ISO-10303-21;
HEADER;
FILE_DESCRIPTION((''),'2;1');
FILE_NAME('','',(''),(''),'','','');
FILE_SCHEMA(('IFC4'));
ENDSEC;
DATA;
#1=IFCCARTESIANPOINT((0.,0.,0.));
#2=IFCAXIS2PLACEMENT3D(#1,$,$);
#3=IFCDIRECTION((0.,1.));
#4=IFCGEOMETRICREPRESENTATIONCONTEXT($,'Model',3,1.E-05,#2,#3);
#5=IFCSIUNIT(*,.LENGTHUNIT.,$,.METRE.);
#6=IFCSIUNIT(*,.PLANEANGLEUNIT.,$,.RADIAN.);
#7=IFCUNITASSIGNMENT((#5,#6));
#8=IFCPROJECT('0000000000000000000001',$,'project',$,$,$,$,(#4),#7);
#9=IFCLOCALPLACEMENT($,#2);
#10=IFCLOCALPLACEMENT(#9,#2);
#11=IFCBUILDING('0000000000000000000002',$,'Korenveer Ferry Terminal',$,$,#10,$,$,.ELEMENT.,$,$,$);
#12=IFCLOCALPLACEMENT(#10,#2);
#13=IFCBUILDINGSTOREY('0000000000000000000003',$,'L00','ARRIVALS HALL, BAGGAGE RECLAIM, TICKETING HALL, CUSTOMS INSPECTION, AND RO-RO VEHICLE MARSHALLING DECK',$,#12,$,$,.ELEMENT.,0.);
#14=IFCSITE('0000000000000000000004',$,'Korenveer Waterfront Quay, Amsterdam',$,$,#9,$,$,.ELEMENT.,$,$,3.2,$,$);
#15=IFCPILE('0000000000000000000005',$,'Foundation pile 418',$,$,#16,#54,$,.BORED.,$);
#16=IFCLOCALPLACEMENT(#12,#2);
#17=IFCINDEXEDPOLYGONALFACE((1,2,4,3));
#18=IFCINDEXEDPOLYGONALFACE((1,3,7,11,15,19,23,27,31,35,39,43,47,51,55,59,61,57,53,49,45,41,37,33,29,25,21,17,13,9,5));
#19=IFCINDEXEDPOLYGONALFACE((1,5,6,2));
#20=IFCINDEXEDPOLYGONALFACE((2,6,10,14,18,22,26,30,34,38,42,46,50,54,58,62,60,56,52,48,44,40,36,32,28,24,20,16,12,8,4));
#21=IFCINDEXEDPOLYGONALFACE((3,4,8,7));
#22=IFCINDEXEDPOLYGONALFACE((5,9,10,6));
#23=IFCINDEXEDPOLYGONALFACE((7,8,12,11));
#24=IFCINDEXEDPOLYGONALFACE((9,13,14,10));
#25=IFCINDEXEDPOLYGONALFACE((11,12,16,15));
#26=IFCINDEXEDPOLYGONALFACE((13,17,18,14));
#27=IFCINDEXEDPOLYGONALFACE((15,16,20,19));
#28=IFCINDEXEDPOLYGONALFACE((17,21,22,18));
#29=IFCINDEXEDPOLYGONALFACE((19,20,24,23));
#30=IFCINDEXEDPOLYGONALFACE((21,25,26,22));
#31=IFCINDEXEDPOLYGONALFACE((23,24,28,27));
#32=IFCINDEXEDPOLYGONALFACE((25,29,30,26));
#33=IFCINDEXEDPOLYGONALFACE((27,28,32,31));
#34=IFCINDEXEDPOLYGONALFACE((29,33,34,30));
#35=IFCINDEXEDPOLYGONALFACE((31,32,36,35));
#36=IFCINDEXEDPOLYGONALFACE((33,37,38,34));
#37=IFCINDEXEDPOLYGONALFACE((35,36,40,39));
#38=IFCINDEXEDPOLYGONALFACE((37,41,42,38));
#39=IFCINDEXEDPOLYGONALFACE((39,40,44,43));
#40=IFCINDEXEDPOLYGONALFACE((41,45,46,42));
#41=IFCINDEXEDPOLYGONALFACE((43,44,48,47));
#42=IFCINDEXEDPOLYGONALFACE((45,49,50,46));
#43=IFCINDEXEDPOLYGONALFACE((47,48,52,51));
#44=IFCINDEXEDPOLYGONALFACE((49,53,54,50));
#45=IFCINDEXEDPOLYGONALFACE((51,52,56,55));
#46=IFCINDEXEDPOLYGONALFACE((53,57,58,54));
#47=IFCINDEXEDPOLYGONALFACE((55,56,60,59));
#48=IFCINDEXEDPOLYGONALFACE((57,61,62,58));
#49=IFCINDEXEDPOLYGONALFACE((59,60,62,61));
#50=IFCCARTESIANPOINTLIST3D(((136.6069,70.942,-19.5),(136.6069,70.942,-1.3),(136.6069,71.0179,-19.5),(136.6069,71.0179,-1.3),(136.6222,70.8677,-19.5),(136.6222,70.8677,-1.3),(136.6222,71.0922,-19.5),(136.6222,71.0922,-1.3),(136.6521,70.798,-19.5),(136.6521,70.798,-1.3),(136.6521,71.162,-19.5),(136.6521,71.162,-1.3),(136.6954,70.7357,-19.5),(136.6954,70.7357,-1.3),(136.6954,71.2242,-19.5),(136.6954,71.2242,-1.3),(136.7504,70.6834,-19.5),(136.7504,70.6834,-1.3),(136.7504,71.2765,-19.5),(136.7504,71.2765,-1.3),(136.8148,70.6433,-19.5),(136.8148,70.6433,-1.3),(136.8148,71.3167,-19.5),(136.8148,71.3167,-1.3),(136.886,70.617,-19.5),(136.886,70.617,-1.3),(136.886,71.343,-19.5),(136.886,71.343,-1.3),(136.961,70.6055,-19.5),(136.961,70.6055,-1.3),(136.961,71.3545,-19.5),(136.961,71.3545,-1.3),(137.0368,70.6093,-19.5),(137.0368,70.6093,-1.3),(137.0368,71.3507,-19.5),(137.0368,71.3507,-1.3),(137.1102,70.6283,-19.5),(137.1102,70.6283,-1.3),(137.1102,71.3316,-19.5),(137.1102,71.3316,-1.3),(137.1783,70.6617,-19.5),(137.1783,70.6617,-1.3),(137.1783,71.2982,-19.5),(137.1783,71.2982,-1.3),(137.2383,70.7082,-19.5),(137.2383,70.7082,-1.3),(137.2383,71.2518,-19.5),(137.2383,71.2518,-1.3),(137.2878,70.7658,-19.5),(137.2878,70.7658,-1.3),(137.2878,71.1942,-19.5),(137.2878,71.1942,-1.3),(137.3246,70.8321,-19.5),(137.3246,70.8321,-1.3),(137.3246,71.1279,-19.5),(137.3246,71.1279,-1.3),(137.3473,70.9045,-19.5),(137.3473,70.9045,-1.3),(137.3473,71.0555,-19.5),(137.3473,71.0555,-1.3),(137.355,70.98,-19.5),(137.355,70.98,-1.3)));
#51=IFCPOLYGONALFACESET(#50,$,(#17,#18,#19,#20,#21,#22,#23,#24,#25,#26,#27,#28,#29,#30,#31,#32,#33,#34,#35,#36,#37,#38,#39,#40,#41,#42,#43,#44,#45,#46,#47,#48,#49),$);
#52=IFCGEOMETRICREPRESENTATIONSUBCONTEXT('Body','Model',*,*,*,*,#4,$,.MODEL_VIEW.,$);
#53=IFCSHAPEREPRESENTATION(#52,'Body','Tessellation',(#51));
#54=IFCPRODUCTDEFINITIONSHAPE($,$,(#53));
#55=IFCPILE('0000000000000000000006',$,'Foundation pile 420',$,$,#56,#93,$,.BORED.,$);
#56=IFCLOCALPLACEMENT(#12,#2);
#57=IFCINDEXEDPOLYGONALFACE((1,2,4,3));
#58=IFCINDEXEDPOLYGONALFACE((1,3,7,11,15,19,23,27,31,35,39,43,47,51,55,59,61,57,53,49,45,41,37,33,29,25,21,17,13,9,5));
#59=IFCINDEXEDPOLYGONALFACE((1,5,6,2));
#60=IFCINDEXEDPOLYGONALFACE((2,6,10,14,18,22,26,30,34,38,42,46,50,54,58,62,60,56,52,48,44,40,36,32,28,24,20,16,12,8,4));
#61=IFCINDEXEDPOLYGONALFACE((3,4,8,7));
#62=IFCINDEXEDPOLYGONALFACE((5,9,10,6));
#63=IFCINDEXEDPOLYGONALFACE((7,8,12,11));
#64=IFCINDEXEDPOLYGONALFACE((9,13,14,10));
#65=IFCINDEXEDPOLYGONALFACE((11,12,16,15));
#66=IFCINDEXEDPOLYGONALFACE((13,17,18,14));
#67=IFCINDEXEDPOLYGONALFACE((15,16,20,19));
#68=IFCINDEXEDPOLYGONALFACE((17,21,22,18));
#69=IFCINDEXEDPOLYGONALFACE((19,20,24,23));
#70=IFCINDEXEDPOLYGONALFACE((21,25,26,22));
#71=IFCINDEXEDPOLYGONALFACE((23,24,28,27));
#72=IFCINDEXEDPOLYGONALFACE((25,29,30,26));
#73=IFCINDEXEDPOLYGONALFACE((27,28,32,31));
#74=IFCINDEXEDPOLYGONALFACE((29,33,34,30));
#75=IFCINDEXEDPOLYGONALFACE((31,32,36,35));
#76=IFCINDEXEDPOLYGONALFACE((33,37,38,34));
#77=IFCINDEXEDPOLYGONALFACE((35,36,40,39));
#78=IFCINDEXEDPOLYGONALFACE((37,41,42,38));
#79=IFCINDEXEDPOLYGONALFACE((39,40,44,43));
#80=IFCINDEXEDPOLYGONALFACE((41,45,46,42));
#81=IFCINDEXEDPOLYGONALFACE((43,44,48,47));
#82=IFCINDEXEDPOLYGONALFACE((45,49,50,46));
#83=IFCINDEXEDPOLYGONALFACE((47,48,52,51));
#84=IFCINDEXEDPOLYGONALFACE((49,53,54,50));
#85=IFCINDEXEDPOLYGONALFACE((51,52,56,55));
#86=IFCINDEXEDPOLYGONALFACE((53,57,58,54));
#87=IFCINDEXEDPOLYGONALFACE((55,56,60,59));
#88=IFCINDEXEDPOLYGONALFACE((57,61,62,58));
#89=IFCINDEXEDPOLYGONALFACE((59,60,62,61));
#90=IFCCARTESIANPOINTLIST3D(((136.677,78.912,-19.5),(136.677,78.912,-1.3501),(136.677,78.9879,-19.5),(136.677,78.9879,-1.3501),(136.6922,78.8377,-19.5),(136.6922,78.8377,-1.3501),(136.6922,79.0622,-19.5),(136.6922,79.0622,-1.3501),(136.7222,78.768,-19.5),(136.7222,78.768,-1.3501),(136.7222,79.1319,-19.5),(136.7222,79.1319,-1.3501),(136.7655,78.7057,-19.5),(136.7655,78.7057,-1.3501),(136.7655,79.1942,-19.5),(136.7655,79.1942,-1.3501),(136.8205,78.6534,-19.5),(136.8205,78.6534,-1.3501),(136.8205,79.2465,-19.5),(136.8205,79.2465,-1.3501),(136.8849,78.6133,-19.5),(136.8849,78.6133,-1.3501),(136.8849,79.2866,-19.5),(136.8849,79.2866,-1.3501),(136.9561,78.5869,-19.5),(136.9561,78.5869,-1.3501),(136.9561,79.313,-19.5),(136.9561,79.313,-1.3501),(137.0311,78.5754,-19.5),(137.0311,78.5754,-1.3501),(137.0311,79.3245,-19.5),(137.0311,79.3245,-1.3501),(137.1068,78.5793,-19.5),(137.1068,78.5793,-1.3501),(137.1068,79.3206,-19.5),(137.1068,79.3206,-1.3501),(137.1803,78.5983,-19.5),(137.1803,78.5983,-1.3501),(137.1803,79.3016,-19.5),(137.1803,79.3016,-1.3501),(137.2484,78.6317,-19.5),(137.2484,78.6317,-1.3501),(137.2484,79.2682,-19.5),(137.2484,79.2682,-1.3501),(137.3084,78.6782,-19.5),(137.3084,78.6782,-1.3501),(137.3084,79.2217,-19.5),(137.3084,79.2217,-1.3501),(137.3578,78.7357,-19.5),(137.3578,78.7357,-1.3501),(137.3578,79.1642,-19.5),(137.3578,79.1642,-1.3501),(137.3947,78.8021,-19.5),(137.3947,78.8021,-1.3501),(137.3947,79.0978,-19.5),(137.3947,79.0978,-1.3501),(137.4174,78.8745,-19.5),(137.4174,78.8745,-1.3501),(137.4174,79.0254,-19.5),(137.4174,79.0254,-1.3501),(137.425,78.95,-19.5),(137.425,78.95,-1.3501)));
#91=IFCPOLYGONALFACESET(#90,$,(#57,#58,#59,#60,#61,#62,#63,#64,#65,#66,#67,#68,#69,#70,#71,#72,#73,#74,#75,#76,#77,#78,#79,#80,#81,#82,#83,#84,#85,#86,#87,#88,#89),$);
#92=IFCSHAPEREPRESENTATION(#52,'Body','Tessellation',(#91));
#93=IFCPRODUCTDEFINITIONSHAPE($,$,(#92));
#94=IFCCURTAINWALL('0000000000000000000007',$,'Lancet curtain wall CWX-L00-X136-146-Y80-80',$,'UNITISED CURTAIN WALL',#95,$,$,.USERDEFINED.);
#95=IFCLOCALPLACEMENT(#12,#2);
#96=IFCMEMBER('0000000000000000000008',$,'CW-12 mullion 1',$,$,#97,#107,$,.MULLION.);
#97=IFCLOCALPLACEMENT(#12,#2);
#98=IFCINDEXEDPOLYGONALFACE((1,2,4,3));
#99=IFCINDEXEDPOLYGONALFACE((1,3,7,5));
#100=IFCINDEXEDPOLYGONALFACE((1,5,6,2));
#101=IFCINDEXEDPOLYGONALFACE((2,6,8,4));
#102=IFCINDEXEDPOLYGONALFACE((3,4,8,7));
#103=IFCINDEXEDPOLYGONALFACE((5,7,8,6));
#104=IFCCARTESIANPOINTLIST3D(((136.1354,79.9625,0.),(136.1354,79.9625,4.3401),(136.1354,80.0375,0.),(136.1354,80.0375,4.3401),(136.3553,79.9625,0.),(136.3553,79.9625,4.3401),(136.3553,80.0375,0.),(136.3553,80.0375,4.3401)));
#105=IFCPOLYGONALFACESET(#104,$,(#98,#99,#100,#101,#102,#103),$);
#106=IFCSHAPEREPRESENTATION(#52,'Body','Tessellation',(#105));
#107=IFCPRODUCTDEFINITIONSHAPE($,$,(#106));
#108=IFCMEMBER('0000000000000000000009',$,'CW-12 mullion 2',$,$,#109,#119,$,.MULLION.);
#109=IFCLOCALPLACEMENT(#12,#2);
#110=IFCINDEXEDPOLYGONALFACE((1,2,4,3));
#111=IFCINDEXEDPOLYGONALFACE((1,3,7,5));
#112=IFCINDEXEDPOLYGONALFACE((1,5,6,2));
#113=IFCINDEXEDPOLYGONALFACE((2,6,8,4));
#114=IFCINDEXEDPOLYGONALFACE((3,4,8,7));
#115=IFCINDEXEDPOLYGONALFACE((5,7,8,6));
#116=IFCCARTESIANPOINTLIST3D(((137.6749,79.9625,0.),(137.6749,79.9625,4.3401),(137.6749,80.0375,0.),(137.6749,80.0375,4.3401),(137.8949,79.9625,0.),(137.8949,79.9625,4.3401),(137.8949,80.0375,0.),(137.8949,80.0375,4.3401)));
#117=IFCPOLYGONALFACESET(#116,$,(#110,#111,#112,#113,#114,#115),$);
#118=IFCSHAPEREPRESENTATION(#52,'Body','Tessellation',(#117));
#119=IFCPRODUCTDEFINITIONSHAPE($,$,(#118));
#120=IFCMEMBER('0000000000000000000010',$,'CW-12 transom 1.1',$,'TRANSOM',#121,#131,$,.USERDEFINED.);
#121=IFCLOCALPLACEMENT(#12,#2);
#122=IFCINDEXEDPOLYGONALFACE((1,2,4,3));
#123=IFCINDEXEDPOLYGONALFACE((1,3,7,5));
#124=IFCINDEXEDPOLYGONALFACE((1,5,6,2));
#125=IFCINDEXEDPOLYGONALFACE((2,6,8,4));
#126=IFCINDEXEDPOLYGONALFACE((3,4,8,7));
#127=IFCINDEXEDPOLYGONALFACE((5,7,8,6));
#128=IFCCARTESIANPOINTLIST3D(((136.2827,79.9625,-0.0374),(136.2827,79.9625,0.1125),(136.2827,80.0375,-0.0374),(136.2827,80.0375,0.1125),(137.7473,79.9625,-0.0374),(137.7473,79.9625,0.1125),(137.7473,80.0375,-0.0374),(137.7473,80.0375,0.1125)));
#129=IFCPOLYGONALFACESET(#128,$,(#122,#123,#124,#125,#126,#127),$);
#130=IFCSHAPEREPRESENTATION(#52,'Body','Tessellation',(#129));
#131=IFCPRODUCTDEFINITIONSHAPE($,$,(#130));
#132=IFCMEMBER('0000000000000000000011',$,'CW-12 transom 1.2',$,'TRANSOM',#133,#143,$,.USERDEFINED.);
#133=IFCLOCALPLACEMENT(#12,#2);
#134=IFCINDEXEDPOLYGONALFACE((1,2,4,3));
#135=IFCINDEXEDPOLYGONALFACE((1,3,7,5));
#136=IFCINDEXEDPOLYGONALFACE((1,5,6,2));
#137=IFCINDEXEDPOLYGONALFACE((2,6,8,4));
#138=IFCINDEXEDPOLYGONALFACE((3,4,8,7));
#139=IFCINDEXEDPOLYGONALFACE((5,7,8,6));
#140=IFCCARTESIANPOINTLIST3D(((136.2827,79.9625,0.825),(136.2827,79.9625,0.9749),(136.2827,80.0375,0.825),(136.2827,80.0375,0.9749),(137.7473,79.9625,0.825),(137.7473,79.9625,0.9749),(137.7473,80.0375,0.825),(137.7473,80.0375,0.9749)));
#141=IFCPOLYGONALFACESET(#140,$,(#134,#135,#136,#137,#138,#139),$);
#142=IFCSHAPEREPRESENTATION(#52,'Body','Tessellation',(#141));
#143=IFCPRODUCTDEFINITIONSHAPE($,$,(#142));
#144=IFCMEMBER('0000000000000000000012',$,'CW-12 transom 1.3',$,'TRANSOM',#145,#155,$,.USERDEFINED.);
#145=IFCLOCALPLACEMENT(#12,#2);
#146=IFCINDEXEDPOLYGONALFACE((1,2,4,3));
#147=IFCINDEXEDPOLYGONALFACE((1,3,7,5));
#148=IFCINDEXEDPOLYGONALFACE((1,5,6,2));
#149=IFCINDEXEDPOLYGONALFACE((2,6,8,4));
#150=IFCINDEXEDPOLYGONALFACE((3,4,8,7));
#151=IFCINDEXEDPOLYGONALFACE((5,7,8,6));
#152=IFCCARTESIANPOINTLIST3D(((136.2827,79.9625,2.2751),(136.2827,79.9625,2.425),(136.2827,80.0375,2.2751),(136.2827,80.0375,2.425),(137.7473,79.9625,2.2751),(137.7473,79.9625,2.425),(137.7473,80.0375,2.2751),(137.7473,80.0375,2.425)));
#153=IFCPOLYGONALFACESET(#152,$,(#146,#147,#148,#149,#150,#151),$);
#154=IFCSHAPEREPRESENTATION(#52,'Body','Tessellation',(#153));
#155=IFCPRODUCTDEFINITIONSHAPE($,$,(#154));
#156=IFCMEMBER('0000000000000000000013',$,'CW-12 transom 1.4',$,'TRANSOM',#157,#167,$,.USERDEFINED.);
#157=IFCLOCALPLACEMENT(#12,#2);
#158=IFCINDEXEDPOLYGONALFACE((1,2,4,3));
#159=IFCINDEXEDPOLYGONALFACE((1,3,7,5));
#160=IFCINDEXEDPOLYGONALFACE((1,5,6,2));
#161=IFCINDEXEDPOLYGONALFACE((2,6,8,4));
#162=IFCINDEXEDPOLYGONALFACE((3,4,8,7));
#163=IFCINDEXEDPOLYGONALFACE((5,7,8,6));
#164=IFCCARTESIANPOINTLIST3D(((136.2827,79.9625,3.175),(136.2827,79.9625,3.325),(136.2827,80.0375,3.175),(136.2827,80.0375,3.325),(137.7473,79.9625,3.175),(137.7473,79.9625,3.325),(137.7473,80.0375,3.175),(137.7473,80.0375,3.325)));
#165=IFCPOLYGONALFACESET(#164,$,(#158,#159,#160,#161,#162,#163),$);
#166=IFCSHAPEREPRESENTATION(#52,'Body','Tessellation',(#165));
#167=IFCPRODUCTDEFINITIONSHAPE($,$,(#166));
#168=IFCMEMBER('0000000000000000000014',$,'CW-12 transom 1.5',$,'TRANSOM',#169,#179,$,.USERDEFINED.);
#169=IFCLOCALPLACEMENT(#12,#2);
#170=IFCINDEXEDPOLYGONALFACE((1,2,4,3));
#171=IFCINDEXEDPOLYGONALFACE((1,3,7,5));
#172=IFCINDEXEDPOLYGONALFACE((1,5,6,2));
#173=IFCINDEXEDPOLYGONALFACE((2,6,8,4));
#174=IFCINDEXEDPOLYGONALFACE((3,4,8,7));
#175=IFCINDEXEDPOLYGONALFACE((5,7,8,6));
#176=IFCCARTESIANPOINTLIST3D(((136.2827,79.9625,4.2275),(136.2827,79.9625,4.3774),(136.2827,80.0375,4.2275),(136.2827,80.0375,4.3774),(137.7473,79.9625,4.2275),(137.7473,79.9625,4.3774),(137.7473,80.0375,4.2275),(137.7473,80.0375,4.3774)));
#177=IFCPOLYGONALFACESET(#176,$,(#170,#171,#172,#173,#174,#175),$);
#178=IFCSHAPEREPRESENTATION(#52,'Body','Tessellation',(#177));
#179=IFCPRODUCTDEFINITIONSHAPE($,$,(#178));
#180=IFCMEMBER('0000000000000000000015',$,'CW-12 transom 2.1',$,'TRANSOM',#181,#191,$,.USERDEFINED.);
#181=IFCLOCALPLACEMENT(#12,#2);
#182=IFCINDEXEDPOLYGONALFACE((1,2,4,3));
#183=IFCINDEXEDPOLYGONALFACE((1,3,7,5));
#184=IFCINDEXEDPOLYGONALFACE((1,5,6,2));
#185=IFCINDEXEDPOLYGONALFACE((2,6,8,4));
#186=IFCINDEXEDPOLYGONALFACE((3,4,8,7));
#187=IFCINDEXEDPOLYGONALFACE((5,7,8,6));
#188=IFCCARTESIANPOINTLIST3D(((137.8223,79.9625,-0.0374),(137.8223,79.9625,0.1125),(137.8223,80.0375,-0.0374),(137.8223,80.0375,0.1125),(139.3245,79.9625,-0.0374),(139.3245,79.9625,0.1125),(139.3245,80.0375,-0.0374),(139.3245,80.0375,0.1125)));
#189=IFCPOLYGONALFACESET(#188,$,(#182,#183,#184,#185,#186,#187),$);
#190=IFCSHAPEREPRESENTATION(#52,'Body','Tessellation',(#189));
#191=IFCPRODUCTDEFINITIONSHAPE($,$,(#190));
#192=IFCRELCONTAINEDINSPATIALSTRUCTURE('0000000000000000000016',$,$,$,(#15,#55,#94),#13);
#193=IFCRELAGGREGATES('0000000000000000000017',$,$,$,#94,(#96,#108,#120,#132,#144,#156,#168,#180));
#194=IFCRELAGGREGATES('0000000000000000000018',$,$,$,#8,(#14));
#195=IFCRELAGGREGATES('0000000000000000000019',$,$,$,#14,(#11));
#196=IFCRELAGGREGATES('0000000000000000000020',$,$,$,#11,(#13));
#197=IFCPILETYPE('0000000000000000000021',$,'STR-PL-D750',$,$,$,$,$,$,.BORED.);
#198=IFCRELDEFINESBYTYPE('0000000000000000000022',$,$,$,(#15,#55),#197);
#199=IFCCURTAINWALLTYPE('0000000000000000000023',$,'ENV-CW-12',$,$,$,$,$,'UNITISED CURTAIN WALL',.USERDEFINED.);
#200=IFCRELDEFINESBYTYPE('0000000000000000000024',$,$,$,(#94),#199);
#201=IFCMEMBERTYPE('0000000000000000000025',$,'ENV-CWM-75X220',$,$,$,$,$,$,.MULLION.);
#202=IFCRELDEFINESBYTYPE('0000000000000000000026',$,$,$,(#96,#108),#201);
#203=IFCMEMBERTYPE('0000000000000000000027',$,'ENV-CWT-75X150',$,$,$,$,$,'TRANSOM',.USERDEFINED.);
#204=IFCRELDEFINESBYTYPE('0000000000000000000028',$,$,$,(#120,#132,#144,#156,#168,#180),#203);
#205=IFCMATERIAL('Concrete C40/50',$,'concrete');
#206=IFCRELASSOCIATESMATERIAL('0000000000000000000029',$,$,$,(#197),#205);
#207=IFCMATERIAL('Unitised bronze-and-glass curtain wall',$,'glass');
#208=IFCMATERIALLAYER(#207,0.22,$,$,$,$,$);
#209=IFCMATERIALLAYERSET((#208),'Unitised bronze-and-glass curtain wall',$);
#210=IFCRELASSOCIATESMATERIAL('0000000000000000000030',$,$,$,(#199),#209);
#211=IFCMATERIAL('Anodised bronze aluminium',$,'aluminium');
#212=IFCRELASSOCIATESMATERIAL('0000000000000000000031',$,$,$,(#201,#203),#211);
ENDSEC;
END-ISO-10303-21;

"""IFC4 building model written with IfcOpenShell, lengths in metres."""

from ifc_helpers import new_model, si_unit, direction, frame, origin, origin_2d, place, context, subcontext, project, spatial, rectangle, circle, extrude, material, layer, layer_set, material_profile, profile_set, type_object, element, aggregate, save


model = new_model("IFC4")

# Units and contexts
model_context = context("Model", 3, precision=1e-05, world=origin(), true_north=direction((0.0, 1.0)))
body_context = subcontext(model_context, "Body", "Model", "MODEL_VIEW")
ifc_project = project(units=[si_unit("LENGTHUNIT", "METRE"), si_unit("PLANEANGLEUNIT", "RADIAN")], contexts=[model_context])

# Site, building, storey
site_placement = place(None, origin())
site = spatial("IfcSite", under=ifc_project, at=site_placement, Name="Korenveer Waterfront Quay, Amsterdam", CompositionType="ELEMENT", RefElevation=3.2)
building_placement = place(site_placement, origin())
building = spatial("IfcBuilding", under=site, at=building_placement, Name="Korenveer Ferry Terminal", CompositionType="ELEMENT")
storey_placement = place(building_placement, origin())
storey = spatial("IfcBuildingStorey", under=building, at=storey_placement, Name="L00", Description="ARRIVALS HALL, BAGGAGE RECLAIM, TICKETING HALL, CUSTOMS INSPECTION, AND RO-RO VEHICLE MARSHALLING DECK", CompositionType="ELEMENT", Elevation=0.0)

# Piles
ifc_material_1 = material(Name="Concrete C40/50", Category="concrete")
ifc_material_profile_1 = material_profile(ifc_material_1, circle(Radius=0.375, at=origin_2d()), Name="PILE D750")
ifc_profile_set_1 = profile_set([ifc_material_profile_1], Name="Concrete C40/50")
pile_type = type_object("IfcPileType", Name="STR-PL-D750", PredefinedType="BORED", material=ifc_profile_set_1)
pile_1_placement = place(storey_placement, frame((136.98, 70.98, -1.3), z_axis=(0.0, 0.0, -1.0), x_axis=(1.0, 0.0, 0.0)))
element("IfcPile", 1, at=pile_1_placement, inside=storey, type_object=pile_type, Name="Foundation pile 418", PredefinedType="BORED", context=body_context, shape_type="SweptSolid", body=[
    extrude(circle(Radius=0.375, at=origin_2d()), origin(), (0.0, 0.0, 1.0), 18.2),
])
pile_2_placement = place(storey_placement, frame((137.05, 78.95, -1.3501), z_axis=(0.0, 0.0, -1.0), x_axis=(1.0, 0.0, 0.0)))
element("IfcPile", 2, at=pile_2_placement, inside=storey, type_object=pile_type, Name="Foundation pile 420", PredefinedType="BORED", context=body_context, shape_type="SweptSolid", body=[
    extrude(circle(Radius=0.375, at=origin_2d()), origin(), (0.0, 0.0, 1.0), 18.1499),
])

# Curtain wall, members
ifc_material_2 = material(Name="Unitised bronze-and-glass curtain wall", Category="glass")
ifc_layer_1 = layer(ifc_material_2, 0.22)
ifc_layer_set_1 = layer_set([ifc_layer_1], Name="Unitised bronze-and-glass curtain wall")
curtain_wall_type = type_object("IfcCurtainWallType", Name="ENV-CW-12", ElementType="UNITISED CURTAIN WALL", PredefinedType="USERDEFINED", material=ifc_layer_set_1)
curtain_wall_placement = place(storey_placement, frame((136.2078, 80.0, 0.0)))
curtain_wall = element("IfcCurtainWall", 3, at=curtain_wall_placement, inside=storey, type_object=curtain_wall_type, Name="Lancet curtain wall CWX-L00-X136-146-Y80-80", ObjectType="UNITISED CURTAIN WALL", PredefinedType="USERDEFINED")
ifc_material_3 = material(Name="Anodised bronze aluminium", Category="aluminium")
ifc_material_profile_2 = material_profile(ifc_material_3, rectangle(XDim=0.075, YDim=0.22, at=origin_2d()), Name="ALU 75x220")
ifc_profile_set_2 = profile_set([ifc_material_profile_2], Name="Anodised bronze aluminium")
member_type_1 = type_object("IfcMemberType", Name="ENV-CWM-75X220", PredefinedType="MULLION", material=ifc_profile_set_2)
member_1_placement = place(storey_placement, frame((136.2454, 80.0, 0.0), z_axis=(0.0, 0.0, 1.0), x_axis=(0.0, 1.0, 0.0)))
member_1 = element("IfcMember", 4, at=member_1_placement, type_object=member_type_1, Name="CW-12 mullion 1", PredefinedType="MULLION", context=body_context, shape_type="SweptSolid", body=[
    extrude(rectangle(XDim=0.075, YDim=0.22, at=origin_2d()), origin(), (0.0, 0.0, 1.0), 4.3401),
])
member_2_placement = place(storey_placement, frame((137.7849, 80.0, 0.0), z_axis=(0.0, 0.0, 1.0), x_axis=(0.0, 1.0, 0.0)))
member_2 = element("IfcMember", 5, at=member_2_placement, type_object=member_type_1, Name="CW-12 mullion 2", PredefinedType="MULLION", context=body_context, shape_type="SweptSolid", body=[
    extrude(rectangle(XDim=0.075, YDim=0.22, at=origin_2d()), origin(), (0.0, 0.0, 1.0), 4.3401),
])
ifc_material_profile_3 = material_profile(ifc_material_3, rectangle(XDim=0.075, YDim=0.1499, at=origin_2d()), Name="ALU 75x150")
ifc_profile_set_3 = profile_set([ifc_material_profile_3], Name="Anodised bronze aluminium")
member_type_2 = type_object("IfcMemberType", Name="ENV-CWT-75X150", ElementType="TRANSOM", PredefinedType="USERDEFINED", material=ifc_profile_set_3)
member_3_placement = place(storey_placement, frame((136.2827, 80.0, 0.0376), z_axis=(1.0, 0.0, 0.0), x_axis=(0.0, 1.0, 0.0)))
member_3 = element("IfcMember", 6, at=member_3_placement, type_object=member_type_2, Name="CW-12 transom 1.1", ObjectType="TRANSOM", PredefinedType="USERDEFINED", context=body_context, shape_type="SweptSolid", body=[
    extrude(rectangle(XDim=0.075, YDim=0.1499, at=origin_2d()), origin(), (0.0, 0.0, 1.0), 1.4646),
])
member_4_placement = place(storey_placement, frame((136.2827, 80.0, 0.8999), z_axis=(1.0, 0.0, 0.0), x_axis=(0.0, 1.0, 0.0)))
member_4 = element("IfcMember", 7, at=member_4_placement, type_object=member_type_2, Name="CW-12 transom 1.2", ObjectType="TRANSOM", PredefinedType="USERDEFINED", context=body_context, shape_type="SweptSolid", body=[
    extrude(rectangle(XDim=0.075, YDim=0.1499, at=origin_2d()), origin(), (0.0, 0.0, 1.0), 1.4646),
])
member_5_placement = place(storey_placement, frame((136.2827, 80.0, 2.3501), z_axis=(1.0, 0.0, 0.0), x_axis=(0.0, 1.0, 0.0)))
member_5 = element("IfcMember", 8, at=member_5_placement, type_object=member_type_2, Name="CW-12 transom 1.3", ObjectType="TRANSOM", PredefinedType="USERDEFINED", context=body_context, shape_type="SweptSolid", body=[
    extrude(rectangle(XDim=0.075, YDim=0.1499, at=origin_2d()), origin(), (0.0, 0.0, 1.0), 1.4646),
])
member_6_placement = place(storey_placement, frame((136.2827, 80.0, 3.25), z_axis=(1.0, 0.0, 0.0), x_axis=(0.0, 1.0, 0.0)))
member_6 = element("IfcMember", 9, at=member_6_placement, type_object=member_type_2, Name="CW-12 transom 1.4", ObjectType="TRANSOM", PredefinedType="USERDEFINED", context=body_context, shape_type="SweptSolid", body=[
    extrude(rectangle(XDim=0.075, YDim=0.1499, at=origin_2d()), origin(), (0.0, 0.0, 1.0), 1.4646),
])
member_7_placement = place(storey_placement, frame((136.2827, 80.0, 4.3025), z_axis=(1.0, 0.0, 0.0), x_axis=(0.0, 1.0, 0.0)))
member_7 = element("IfcMember", 10, at=member_7_placement, type_object=member_type_2, Name="CW-12 transom 1.5", ObjectType="TRANSOM", PredefinedType="USERDEFINED", context=body_context, shape_type="SweptSolid", body=[
    extrude(rectangle(XDim=0.075, YDim=0.1499, at=origin_2d()), origin(), (0.0, 0.0, 1.0), 1.4646),
])
member_8_placement = place(storey_placement, frame((137.8223, 80.0, 0.0376), z_axis=(1.0, 0.0, 0.0), x_axis=(0.0, 1.0, 0.0)))
member_8 = element("IfcMember", 11, at=member_8_placement, type_object=member_type_2, Name="CW-12 transom 2.1", ObjectType="TRANSOM", PredefinedType="USERDEFINED", context=body_context, shape_type="SweptSolid", body=[
    extrude(rectangle(XDim=0.075, YDim=0.1499, at=origin_2d()), origin(), (0.0, 0.0, 1.0), 1.5022),
])

aggregate(curtain_wall, [member_1, member_2, member_3, member_4, member_5, member_6, member_7, member_8])

save(model, "model.ifc")
